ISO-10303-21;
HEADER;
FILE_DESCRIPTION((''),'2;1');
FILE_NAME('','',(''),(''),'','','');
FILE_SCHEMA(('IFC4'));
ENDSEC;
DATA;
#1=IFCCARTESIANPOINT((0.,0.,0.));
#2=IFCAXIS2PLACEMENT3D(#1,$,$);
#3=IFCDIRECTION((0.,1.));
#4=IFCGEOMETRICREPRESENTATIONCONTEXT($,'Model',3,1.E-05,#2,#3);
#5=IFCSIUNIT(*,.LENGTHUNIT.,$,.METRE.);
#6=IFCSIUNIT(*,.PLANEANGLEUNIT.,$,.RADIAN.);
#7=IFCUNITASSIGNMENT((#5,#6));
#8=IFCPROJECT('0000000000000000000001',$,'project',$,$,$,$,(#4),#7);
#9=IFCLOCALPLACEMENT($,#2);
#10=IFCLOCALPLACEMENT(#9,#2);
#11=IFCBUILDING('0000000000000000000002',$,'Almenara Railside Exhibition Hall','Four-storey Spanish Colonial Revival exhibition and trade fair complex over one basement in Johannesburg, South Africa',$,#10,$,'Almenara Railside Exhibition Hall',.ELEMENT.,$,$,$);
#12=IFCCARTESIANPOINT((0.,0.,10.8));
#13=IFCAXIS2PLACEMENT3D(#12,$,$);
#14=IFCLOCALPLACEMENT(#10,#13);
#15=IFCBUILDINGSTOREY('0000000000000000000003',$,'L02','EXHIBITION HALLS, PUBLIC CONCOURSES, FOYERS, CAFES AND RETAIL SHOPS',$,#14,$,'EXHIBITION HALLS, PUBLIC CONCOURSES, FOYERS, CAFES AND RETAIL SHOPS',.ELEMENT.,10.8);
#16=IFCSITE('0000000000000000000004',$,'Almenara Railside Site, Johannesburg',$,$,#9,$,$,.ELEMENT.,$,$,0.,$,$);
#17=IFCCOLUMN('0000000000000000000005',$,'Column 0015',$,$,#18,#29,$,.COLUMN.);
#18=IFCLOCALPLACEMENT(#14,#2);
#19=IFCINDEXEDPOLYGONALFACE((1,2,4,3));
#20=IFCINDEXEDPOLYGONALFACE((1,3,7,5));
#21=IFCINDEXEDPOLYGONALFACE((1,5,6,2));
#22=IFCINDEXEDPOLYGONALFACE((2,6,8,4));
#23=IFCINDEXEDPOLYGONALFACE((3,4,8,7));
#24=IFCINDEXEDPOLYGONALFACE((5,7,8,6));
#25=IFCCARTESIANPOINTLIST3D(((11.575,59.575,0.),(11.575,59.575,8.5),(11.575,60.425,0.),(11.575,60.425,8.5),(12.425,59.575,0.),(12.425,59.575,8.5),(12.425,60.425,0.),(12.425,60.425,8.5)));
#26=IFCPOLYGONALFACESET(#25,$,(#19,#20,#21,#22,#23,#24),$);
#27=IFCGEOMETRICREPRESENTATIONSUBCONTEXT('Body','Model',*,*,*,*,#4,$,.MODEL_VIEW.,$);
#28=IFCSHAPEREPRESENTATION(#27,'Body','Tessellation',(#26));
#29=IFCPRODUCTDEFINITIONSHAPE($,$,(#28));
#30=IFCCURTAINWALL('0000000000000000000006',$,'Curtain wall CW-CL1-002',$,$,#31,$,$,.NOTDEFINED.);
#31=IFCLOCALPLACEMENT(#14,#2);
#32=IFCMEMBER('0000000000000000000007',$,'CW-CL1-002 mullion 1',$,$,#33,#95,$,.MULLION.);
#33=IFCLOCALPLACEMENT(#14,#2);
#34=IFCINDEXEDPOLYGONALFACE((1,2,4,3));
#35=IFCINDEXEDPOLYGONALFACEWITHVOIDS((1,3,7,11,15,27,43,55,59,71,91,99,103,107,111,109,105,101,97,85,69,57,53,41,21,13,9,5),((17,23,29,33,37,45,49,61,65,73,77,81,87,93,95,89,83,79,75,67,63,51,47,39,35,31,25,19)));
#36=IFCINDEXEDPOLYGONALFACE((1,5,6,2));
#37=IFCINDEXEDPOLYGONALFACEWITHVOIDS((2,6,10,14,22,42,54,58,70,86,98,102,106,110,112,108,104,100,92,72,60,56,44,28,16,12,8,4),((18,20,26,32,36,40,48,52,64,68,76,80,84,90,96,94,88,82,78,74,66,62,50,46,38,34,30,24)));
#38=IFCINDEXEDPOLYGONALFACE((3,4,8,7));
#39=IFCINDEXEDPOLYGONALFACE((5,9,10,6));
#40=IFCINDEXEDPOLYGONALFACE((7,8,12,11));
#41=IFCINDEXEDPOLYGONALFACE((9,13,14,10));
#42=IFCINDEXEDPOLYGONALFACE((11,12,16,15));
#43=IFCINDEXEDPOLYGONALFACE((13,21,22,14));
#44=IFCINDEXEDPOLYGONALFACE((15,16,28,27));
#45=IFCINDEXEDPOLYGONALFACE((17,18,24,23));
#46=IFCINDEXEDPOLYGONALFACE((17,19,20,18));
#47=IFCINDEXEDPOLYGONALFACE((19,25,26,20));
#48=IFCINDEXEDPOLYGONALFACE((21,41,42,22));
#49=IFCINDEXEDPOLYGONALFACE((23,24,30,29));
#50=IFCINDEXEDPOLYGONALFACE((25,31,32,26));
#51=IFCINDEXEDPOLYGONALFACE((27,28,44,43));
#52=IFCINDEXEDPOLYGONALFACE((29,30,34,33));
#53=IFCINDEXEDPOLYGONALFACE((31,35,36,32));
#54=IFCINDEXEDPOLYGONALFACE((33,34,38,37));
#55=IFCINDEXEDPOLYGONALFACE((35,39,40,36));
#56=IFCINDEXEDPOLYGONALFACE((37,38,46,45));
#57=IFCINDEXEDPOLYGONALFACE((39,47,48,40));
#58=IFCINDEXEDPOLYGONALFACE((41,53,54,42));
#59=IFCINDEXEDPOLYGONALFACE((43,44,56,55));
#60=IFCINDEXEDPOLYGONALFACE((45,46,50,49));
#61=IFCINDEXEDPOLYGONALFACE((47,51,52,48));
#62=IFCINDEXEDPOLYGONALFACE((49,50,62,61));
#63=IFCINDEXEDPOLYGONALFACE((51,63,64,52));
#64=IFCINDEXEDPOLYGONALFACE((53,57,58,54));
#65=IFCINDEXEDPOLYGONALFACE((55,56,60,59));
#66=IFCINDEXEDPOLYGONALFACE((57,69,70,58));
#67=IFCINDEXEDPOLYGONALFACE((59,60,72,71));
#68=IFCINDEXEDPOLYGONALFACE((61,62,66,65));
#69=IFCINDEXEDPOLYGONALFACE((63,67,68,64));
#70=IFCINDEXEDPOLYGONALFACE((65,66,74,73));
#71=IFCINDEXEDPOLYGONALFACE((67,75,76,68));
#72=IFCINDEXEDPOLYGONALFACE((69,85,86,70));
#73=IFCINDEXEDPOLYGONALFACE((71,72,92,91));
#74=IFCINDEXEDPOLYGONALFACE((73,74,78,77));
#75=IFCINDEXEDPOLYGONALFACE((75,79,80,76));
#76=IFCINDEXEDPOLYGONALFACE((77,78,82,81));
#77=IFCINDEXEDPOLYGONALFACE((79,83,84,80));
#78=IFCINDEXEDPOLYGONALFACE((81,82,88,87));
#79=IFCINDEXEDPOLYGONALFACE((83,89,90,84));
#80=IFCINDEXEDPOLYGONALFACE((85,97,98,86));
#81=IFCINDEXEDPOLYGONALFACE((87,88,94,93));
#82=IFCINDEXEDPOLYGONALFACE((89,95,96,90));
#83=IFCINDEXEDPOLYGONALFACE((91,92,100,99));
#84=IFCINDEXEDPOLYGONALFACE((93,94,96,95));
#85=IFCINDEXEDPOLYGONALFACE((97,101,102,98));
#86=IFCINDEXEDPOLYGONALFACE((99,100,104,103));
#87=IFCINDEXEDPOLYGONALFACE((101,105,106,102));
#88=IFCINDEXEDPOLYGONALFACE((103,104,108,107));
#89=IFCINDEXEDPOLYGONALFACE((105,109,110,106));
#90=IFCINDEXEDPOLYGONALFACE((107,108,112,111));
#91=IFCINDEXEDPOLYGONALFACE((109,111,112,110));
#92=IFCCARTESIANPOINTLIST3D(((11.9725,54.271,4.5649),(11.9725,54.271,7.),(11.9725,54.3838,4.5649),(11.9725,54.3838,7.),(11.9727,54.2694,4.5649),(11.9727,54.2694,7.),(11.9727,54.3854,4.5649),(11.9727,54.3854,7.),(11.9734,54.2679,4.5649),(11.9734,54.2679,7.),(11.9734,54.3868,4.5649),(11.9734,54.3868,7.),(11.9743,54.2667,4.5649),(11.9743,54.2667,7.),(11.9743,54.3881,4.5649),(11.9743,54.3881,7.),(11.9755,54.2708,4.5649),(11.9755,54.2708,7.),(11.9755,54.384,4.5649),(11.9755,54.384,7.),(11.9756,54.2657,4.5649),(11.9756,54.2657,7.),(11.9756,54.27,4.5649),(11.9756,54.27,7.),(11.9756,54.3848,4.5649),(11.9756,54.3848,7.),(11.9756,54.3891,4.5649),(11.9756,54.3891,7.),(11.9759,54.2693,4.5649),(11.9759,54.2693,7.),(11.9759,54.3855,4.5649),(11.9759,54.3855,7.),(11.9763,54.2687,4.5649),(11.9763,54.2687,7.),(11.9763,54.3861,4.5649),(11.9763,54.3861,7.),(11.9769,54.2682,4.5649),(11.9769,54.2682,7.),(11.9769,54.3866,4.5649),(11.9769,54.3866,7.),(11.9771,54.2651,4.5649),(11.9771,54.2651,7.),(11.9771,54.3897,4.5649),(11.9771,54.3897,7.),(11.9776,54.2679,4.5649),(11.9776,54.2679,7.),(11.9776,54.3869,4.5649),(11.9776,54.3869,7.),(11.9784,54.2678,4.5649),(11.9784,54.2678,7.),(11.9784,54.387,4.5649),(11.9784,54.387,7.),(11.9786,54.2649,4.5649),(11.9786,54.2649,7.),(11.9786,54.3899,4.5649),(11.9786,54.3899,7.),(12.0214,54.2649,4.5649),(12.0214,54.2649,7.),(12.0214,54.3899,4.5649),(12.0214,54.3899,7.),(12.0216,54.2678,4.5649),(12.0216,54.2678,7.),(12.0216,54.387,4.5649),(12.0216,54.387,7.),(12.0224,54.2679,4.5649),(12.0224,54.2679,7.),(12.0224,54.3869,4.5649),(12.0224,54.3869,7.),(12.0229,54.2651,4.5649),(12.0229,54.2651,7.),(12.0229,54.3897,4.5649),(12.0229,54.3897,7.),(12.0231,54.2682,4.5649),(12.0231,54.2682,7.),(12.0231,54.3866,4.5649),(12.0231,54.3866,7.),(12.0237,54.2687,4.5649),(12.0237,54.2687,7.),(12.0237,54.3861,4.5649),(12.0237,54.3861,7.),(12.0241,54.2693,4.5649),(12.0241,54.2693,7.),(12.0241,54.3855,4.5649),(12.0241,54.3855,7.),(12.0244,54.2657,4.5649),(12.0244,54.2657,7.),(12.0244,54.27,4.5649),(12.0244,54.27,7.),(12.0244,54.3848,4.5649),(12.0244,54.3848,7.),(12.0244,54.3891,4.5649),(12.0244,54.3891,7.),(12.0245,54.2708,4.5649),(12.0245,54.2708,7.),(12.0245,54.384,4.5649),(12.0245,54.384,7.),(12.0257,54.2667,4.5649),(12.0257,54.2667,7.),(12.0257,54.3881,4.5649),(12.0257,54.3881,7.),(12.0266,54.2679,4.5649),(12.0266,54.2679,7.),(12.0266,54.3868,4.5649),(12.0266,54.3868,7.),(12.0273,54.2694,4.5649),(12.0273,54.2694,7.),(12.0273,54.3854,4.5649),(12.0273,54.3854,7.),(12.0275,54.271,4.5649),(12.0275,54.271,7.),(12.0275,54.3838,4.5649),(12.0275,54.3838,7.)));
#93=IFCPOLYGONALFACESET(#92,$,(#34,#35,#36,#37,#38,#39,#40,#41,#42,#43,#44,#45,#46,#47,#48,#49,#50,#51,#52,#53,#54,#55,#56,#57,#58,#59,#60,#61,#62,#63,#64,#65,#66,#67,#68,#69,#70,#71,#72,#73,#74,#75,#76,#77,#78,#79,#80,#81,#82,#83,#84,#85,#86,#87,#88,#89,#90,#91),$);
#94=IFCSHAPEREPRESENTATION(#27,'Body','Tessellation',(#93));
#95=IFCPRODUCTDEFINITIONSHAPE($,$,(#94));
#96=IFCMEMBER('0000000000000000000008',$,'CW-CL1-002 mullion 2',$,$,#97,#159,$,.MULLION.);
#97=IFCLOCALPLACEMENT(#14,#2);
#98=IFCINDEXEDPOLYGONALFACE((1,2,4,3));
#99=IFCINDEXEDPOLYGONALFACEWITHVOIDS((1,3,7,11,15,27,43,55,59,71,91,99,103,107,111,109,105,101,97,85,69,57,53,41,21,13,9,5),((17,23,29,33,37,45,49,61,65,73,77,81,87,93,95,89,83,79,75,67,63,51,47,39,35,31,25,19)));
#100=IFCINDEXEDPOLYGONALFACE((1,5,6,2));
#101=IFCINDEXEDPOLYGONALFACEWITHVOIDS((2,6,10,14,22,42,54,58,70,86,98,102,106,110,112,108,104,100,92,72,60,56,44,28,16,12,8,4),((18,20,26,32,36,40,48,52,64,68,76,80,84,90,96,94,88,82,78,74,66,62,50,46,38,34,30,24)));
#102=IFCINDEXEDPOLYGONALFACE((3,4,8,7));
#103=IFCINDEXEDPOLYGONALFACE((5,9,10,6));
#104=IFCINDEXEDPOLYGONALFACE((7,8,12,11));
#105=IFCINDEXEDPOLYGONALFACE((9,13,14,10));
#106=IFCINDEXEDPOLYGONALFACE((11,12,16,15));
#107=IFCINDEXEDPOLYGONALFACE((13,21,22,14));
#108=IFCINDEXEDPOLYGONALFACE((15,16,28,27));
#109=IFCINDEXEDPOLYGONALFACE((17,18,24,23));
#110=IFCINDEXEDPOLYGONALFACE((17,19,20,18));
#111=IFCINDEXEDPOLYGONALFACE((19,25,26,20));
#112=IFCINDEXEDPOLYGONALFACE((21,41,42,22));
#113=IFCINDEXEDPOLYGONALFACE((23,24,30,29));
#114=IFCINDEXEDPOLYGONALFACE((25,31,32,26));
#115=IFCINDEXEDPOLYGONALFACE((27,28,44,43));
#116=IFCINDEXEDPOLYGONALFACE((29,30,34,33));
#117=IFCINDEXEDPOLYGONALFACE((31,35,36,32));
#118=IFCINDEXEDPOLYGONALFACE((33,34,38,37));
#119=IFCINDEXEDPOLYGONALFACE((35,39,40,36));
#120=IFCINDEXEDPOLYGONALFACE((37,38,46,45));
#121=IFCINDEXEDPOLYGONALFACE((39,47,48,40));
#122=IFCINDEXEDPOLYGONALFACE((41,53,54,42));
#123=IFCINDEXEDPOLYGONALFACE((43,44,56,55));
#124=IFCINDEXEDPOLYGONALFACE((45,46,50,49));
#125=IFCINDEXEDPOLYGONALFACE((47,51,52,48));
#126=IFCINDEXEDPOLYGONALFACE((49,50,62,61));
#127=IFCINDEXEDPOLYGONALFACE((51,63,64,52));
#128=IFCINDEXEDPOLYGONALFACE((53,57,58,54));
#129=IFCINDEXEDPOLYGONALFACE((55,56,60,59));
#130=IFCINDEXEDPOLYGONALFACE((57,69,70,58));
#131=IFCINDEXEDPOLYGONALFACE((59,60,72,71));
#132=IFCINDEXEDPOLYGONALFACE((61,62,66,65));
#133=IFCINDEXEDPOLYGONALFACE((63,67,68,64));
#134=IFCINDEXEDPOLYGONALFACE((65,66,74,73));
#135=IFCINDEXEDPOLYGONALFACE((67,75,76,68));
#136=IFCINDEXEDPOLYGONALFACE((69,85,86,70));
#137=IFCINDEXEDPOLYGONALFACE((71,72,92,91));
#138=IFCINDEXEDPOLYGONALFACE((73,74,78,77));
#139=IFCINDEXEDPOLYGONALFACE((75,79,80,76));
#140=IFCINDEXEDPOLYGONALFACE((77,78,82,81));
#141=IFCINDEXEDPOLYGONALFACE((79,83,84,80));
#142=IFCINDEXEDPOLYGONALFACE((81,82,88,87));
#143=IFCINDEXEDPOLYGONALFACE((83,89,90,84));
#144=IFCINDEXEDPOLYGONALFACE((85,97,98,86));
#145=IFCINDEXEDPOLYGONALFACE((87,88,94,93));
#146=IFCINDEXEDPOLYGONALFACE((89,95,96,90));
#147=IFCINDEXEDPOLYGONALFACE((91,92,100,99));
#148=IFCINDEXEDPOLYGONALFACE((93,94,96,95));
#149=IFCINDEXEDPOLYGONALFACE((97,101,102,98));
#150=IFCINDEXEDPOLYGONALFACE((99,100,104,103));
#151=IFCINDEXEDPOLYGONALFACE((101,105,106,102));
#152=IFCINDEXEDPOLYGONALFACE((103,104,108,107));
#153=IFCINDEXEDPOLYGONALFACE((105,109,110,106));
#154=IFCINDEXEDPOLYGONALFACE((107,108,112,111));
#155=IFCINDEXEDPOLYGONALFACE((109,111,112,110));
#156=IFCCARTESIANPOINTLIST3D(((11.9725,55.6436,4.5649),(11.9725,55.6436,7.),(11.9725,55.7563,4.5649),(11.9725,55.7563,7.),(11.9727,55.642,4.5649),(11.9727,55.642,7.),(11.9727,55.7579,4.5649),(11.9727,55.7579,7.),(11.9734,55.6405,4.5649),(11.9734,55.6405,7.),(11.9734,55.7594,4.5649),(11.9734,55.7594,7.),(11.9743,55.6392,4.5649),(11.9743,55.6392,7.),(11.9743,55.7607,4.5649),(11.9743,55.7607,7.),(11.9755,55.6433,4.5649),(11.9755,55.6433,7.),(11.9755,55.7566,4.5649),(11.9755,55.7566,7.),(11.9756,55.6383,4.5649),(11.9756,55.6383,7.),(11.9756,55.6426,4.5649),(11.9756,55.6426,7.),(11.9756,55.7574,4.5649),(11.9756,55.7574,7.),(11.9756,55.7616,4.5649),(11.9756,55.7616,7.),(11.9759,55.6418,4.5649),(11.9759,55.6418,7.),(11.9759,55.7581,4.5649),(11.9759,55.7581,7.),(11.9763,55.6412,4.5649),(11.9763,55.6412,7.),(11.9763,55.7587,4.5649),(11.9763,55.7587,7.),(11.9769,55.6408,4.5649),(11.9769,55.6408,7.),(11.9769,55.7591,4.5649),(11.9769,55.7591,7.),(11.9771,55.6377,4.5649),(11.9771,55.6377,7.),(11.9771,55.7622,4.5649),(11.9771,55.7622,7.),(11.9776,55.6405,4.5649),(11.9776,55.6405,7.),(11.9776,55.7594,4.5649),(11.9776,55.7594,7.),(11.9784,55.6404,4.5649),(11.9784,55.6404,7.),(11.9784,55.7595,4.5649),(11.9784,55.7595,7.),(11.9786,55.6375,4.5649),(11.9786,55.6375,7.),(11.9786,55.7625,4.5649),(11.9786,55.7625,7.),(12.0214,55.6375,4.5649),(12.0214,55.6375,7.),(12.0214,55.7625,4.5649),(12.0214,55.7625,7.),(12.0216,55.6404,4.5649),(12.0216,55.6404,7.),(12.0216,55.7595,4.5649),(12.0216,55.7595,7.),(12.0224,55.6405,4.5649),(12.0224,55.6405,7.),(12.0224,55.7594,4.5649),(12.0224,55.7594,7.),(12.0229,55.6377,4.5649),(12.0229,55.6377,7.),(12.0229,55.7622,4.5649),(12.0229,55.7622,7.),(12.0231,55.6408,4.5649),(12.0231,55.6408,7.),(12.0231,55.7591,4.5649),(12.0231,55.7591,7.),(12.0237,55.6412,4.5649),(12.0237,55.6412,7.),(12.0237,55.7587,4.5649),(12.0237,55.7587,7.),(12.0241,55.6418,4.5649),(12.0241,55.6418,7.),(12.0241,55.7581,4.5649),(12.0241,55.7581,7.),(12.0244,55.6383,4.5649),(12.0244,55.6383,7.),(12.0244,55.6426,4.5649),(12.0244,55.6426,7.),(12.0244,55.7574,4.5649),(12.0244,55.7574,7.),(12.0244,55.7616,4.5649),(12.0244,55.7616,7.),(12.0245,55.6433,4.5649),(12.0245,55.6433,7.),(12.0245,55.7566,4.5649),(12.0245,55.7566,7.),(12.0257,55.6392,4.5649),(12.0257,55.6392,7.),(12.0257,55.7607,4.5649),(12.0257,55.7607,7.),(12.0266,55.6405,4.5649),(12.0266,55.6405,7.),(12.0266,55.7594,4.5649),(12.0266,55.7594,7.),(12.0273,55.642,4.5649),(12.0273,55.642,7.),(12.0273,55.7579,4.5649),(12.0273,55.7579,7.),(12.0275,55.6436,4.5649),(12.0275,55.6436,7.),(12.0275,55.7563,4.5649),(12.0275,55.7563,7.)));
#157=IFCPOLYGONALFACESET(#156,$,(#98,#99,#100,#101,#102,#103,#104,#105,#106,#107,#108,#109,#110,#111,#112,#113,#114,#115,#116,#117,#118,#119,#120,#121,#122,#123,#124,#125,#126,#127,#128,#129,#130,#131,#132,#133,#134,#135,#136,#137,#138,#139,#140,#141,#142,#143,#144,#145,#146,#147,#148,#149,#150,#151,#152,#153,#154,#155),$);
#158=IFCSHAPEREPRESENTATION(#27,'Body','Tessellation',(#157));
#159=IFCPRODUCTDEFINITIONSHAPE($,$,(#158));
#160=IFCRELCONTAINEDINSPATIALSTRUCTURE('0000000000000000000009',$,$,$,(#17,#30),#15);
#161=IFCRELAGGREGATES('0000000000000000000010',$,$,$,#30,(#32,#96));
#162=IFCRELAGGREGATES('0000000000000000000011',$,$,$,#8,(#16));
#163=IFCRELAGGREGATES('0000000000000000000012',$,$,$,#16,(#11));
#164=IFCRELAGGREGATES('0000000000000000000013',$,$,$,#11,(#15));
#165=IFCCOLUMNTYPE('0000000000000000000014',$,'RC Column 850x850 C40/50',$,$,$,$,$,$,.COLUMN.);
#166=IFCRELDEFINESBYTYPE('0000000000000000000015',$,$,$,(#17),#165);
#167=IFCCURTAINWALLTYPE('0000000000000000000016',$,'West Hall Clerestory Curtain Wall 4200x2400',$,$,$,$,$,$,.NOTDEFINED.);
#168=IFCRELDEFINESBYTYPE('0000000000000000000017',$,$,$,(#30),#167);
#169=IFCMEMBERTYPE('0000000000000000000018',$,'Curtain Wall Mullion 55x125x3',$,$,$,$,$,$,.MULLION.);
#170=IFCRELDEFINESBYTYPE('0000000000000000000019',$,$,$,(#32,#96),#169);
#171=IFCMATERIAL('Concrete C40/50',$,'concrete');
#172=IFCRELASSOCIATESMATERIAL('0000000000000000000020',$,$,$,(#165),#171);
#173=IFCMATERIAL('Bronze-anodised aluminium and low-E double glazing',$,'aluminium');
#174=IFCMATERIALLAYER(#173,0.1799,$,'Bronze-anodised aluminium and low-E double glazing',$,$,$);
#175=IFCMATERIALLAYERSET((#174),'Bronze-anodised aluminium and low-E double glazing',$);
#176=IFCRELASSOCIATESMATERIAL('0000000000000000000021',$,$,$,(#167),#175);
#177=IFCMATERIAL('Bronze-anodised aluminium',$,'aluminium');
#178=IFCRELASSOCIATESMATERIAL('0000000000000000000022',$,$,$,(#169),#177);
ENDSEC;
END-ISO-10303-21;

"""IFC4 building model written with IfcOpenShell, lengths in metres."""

from ifc_helpers import new_model, si_unit, direction, frame, origin, origin_2d, place, context, subcontext, project, spatial, rectangle, hollow_rectangle, extrude, material, layer, layer_set, material_profile, profile_set, type_object, element, aggregate, save


model = new_model("IFC4")

# Units and contexts
model_context = context("Model", 3, precision=1e-05, world=origin(), true_north=direction((0.0, 1.0)))
body_context = subcontext(model_context, "Body", "Model", "MODEL_VIEW")
ifc_project = project(units=[si_unit("LENGTHUNIT", "METRE"), si_unit("PLANEANGLEUNIT", "RADIAN")], contexts=[model_context])

# Site, building, storey
site_placement = place(None, origin())
site = spatial("IfcSite", under=ifc_project, at=site_placement, Name="Almenara Railside Site, Johannesburg", CompositionType="ELEMENT", RefElevation=0.0)
building_placement = place(site_placement, origin())
building = spatial("IfcBuilding", under=site, at=building_placement, Name="Almenara Railside Exhibition Hall", Description="Four-storey Spanish Colonial Revival exhibition and trade fair complex over one basement in Johannesburg, South Africa", LongName="Almenara Railside Exhibition Hall", CompositionType="ELEMENT")
storey_placement = place(building_placement, frame((0.0, 0.0, 10.8)))
storey = spatial("IfcBuildingStorey", under=building, at=storey_placement, Name="L02", Description="EXHIBITION HALLS, PUBLIC CONCOURSES, FOYERS, CAFES AND RETAIL SHOPS", LongName="EXHIBITION HALLS, PUBLIC CONCOURSES, FOYERS, CAFES AND RETAIL SHOPS", CompositionType="ELEMENT", Elevation=10.8)

# Column
ifc_material_1 = material(Name="Concrete C40/50", Category="concrete")
ifc_material_profile_1 = material_profile(ifc_material_1, rectangle(XDim=0.8501, YDim=0.8501, at=origin_2d()), Name="RC 850x850")
ifc_profile_set_1 = profile_set([ifc_material_profile_1], Name="Concrete C40/50")
column_type = type_object("IfcColumnType", Name="RC Column 850x850 C40/50", PredefinedType="COLUMN", material=ifc_profile_set_1)
column_placement = place(storey_placement, frame((12.0, 60.0, 0.0), z_axis=(0.0, 0.0, 1.0), x_axis=(1.0, 0.0, 0.0)))
element("IfcColumn", 1, at=column_placement, inside=storey, type_object=column_type, Name="Column 0015", PredefinedType="COLUMN", context=body_context, shape_type="SweptSolid", body=[
    extrude(rectangle(XDim=0.8501, YDim=0.8501, at=origin_2d()), origin(), (0.0, 0.0, 1.0), 8.5),
])

# Curtain wall, members
ifc_material_2 = material(Name="Bronze-anodised aluminium and low-E double glazing", Category="aluminium")
ifc_layer_1 = layer(ifc_material_2, 0.1799, Name="Bronze-anodised aluminium and low-E double glazing")
ifc_layer_set_1 = layer_set([ifc_layer_1], Name="Bronze-anodised aluminium and low-E double glazing")
curtain_wall_type = type_object("IfcCurtainWallType", Name="West Hall Clerestory Curtain Wall 4200x2400", PredefinedType="NOTDEFINED", material=ifc_layer_set_1)
curtain_wall_1_placement = place(storey_placement, origin())
curtain_wall_1 = element("IfcCurtainWall", 2, at=curtain_wall_1_placement, inside=storey, type_object=curtain_wall_type, Name="Curtain wall CW-CL1-002", PredefinedType="NOTDEFINED")
ifc_material_3 = material(Name="Bronze-anodised aluminium", Category="aluminium")
ifc_material_profile_2 = material_profile(ifc_material_3, hollow_rectangle(XDim=0.0549, YDim=0.125, WallThickness=0.0029, InnerFilletRadius=0.0029, OuterFilletRadius=0.0061, at=origin_2d()), Name="ALU-MUL 55x125x3")
ifc_profile_set_2 = profile_set([ifc_material_profile_2], Name="Bronze-anodised aluminium")
member_type_1 = type_object("IfcMemberType", Name="Curtain Wall Mullion 55x125x3", PredefinedType="MULLION", material=ifc_profile_set_2)
member_1_placement = place(storey_placement, frame((12.0, 54.3274, 4.5649), z_axis=(0.0, 0.0, 1.0), x_axis=(-1.0, 0.0, 0.0)))
member_1 = element("IfcMember", 3, at=member_1_placement, type_object=member_type_1, Name="CW-CL1-002 mullion 1", PredefinedType="MULLION", context=body_context, shape_type="SweptSolid", body=[
    extrude(hollow_rectangle(XDim=0.0549, YDim=0.125, WallThickness=0.0029, InnerFilletRadius=0.0029, OuterFilletRadius=0.0061, at=origin_2d()), origin(), (0.0, 0.0, 1.0), 2.4351),
])
member_2_placement = place(storey_placement, frame((12.0, 55.7, 4.5649), z_axis=(0.0, 0.0, 1.0), x_axis=(-1.0, 0.0, 0.0)))
member_2 = element("IfcMember", 4, at=member_2_placement, type_object=member_type_1, Name="CW-CL1-002 mullion 2", PredefinedType="MULLION", context=body_context, shape_type="SweptSolid", body=[
    extrude(hollow_rectangle(XDim=0.0549, YDim=0.125, WallThickness=0.0029, InnerFilletRadius=0.0029, OuterFilletRadius=0.0061, at=origin_2d()), origin(), (0.0, 0.0, 1.0), 2.4351),
])

aggregate(curtain_wall_1, [member_1, member_2])

save(model, "model.ifc")
